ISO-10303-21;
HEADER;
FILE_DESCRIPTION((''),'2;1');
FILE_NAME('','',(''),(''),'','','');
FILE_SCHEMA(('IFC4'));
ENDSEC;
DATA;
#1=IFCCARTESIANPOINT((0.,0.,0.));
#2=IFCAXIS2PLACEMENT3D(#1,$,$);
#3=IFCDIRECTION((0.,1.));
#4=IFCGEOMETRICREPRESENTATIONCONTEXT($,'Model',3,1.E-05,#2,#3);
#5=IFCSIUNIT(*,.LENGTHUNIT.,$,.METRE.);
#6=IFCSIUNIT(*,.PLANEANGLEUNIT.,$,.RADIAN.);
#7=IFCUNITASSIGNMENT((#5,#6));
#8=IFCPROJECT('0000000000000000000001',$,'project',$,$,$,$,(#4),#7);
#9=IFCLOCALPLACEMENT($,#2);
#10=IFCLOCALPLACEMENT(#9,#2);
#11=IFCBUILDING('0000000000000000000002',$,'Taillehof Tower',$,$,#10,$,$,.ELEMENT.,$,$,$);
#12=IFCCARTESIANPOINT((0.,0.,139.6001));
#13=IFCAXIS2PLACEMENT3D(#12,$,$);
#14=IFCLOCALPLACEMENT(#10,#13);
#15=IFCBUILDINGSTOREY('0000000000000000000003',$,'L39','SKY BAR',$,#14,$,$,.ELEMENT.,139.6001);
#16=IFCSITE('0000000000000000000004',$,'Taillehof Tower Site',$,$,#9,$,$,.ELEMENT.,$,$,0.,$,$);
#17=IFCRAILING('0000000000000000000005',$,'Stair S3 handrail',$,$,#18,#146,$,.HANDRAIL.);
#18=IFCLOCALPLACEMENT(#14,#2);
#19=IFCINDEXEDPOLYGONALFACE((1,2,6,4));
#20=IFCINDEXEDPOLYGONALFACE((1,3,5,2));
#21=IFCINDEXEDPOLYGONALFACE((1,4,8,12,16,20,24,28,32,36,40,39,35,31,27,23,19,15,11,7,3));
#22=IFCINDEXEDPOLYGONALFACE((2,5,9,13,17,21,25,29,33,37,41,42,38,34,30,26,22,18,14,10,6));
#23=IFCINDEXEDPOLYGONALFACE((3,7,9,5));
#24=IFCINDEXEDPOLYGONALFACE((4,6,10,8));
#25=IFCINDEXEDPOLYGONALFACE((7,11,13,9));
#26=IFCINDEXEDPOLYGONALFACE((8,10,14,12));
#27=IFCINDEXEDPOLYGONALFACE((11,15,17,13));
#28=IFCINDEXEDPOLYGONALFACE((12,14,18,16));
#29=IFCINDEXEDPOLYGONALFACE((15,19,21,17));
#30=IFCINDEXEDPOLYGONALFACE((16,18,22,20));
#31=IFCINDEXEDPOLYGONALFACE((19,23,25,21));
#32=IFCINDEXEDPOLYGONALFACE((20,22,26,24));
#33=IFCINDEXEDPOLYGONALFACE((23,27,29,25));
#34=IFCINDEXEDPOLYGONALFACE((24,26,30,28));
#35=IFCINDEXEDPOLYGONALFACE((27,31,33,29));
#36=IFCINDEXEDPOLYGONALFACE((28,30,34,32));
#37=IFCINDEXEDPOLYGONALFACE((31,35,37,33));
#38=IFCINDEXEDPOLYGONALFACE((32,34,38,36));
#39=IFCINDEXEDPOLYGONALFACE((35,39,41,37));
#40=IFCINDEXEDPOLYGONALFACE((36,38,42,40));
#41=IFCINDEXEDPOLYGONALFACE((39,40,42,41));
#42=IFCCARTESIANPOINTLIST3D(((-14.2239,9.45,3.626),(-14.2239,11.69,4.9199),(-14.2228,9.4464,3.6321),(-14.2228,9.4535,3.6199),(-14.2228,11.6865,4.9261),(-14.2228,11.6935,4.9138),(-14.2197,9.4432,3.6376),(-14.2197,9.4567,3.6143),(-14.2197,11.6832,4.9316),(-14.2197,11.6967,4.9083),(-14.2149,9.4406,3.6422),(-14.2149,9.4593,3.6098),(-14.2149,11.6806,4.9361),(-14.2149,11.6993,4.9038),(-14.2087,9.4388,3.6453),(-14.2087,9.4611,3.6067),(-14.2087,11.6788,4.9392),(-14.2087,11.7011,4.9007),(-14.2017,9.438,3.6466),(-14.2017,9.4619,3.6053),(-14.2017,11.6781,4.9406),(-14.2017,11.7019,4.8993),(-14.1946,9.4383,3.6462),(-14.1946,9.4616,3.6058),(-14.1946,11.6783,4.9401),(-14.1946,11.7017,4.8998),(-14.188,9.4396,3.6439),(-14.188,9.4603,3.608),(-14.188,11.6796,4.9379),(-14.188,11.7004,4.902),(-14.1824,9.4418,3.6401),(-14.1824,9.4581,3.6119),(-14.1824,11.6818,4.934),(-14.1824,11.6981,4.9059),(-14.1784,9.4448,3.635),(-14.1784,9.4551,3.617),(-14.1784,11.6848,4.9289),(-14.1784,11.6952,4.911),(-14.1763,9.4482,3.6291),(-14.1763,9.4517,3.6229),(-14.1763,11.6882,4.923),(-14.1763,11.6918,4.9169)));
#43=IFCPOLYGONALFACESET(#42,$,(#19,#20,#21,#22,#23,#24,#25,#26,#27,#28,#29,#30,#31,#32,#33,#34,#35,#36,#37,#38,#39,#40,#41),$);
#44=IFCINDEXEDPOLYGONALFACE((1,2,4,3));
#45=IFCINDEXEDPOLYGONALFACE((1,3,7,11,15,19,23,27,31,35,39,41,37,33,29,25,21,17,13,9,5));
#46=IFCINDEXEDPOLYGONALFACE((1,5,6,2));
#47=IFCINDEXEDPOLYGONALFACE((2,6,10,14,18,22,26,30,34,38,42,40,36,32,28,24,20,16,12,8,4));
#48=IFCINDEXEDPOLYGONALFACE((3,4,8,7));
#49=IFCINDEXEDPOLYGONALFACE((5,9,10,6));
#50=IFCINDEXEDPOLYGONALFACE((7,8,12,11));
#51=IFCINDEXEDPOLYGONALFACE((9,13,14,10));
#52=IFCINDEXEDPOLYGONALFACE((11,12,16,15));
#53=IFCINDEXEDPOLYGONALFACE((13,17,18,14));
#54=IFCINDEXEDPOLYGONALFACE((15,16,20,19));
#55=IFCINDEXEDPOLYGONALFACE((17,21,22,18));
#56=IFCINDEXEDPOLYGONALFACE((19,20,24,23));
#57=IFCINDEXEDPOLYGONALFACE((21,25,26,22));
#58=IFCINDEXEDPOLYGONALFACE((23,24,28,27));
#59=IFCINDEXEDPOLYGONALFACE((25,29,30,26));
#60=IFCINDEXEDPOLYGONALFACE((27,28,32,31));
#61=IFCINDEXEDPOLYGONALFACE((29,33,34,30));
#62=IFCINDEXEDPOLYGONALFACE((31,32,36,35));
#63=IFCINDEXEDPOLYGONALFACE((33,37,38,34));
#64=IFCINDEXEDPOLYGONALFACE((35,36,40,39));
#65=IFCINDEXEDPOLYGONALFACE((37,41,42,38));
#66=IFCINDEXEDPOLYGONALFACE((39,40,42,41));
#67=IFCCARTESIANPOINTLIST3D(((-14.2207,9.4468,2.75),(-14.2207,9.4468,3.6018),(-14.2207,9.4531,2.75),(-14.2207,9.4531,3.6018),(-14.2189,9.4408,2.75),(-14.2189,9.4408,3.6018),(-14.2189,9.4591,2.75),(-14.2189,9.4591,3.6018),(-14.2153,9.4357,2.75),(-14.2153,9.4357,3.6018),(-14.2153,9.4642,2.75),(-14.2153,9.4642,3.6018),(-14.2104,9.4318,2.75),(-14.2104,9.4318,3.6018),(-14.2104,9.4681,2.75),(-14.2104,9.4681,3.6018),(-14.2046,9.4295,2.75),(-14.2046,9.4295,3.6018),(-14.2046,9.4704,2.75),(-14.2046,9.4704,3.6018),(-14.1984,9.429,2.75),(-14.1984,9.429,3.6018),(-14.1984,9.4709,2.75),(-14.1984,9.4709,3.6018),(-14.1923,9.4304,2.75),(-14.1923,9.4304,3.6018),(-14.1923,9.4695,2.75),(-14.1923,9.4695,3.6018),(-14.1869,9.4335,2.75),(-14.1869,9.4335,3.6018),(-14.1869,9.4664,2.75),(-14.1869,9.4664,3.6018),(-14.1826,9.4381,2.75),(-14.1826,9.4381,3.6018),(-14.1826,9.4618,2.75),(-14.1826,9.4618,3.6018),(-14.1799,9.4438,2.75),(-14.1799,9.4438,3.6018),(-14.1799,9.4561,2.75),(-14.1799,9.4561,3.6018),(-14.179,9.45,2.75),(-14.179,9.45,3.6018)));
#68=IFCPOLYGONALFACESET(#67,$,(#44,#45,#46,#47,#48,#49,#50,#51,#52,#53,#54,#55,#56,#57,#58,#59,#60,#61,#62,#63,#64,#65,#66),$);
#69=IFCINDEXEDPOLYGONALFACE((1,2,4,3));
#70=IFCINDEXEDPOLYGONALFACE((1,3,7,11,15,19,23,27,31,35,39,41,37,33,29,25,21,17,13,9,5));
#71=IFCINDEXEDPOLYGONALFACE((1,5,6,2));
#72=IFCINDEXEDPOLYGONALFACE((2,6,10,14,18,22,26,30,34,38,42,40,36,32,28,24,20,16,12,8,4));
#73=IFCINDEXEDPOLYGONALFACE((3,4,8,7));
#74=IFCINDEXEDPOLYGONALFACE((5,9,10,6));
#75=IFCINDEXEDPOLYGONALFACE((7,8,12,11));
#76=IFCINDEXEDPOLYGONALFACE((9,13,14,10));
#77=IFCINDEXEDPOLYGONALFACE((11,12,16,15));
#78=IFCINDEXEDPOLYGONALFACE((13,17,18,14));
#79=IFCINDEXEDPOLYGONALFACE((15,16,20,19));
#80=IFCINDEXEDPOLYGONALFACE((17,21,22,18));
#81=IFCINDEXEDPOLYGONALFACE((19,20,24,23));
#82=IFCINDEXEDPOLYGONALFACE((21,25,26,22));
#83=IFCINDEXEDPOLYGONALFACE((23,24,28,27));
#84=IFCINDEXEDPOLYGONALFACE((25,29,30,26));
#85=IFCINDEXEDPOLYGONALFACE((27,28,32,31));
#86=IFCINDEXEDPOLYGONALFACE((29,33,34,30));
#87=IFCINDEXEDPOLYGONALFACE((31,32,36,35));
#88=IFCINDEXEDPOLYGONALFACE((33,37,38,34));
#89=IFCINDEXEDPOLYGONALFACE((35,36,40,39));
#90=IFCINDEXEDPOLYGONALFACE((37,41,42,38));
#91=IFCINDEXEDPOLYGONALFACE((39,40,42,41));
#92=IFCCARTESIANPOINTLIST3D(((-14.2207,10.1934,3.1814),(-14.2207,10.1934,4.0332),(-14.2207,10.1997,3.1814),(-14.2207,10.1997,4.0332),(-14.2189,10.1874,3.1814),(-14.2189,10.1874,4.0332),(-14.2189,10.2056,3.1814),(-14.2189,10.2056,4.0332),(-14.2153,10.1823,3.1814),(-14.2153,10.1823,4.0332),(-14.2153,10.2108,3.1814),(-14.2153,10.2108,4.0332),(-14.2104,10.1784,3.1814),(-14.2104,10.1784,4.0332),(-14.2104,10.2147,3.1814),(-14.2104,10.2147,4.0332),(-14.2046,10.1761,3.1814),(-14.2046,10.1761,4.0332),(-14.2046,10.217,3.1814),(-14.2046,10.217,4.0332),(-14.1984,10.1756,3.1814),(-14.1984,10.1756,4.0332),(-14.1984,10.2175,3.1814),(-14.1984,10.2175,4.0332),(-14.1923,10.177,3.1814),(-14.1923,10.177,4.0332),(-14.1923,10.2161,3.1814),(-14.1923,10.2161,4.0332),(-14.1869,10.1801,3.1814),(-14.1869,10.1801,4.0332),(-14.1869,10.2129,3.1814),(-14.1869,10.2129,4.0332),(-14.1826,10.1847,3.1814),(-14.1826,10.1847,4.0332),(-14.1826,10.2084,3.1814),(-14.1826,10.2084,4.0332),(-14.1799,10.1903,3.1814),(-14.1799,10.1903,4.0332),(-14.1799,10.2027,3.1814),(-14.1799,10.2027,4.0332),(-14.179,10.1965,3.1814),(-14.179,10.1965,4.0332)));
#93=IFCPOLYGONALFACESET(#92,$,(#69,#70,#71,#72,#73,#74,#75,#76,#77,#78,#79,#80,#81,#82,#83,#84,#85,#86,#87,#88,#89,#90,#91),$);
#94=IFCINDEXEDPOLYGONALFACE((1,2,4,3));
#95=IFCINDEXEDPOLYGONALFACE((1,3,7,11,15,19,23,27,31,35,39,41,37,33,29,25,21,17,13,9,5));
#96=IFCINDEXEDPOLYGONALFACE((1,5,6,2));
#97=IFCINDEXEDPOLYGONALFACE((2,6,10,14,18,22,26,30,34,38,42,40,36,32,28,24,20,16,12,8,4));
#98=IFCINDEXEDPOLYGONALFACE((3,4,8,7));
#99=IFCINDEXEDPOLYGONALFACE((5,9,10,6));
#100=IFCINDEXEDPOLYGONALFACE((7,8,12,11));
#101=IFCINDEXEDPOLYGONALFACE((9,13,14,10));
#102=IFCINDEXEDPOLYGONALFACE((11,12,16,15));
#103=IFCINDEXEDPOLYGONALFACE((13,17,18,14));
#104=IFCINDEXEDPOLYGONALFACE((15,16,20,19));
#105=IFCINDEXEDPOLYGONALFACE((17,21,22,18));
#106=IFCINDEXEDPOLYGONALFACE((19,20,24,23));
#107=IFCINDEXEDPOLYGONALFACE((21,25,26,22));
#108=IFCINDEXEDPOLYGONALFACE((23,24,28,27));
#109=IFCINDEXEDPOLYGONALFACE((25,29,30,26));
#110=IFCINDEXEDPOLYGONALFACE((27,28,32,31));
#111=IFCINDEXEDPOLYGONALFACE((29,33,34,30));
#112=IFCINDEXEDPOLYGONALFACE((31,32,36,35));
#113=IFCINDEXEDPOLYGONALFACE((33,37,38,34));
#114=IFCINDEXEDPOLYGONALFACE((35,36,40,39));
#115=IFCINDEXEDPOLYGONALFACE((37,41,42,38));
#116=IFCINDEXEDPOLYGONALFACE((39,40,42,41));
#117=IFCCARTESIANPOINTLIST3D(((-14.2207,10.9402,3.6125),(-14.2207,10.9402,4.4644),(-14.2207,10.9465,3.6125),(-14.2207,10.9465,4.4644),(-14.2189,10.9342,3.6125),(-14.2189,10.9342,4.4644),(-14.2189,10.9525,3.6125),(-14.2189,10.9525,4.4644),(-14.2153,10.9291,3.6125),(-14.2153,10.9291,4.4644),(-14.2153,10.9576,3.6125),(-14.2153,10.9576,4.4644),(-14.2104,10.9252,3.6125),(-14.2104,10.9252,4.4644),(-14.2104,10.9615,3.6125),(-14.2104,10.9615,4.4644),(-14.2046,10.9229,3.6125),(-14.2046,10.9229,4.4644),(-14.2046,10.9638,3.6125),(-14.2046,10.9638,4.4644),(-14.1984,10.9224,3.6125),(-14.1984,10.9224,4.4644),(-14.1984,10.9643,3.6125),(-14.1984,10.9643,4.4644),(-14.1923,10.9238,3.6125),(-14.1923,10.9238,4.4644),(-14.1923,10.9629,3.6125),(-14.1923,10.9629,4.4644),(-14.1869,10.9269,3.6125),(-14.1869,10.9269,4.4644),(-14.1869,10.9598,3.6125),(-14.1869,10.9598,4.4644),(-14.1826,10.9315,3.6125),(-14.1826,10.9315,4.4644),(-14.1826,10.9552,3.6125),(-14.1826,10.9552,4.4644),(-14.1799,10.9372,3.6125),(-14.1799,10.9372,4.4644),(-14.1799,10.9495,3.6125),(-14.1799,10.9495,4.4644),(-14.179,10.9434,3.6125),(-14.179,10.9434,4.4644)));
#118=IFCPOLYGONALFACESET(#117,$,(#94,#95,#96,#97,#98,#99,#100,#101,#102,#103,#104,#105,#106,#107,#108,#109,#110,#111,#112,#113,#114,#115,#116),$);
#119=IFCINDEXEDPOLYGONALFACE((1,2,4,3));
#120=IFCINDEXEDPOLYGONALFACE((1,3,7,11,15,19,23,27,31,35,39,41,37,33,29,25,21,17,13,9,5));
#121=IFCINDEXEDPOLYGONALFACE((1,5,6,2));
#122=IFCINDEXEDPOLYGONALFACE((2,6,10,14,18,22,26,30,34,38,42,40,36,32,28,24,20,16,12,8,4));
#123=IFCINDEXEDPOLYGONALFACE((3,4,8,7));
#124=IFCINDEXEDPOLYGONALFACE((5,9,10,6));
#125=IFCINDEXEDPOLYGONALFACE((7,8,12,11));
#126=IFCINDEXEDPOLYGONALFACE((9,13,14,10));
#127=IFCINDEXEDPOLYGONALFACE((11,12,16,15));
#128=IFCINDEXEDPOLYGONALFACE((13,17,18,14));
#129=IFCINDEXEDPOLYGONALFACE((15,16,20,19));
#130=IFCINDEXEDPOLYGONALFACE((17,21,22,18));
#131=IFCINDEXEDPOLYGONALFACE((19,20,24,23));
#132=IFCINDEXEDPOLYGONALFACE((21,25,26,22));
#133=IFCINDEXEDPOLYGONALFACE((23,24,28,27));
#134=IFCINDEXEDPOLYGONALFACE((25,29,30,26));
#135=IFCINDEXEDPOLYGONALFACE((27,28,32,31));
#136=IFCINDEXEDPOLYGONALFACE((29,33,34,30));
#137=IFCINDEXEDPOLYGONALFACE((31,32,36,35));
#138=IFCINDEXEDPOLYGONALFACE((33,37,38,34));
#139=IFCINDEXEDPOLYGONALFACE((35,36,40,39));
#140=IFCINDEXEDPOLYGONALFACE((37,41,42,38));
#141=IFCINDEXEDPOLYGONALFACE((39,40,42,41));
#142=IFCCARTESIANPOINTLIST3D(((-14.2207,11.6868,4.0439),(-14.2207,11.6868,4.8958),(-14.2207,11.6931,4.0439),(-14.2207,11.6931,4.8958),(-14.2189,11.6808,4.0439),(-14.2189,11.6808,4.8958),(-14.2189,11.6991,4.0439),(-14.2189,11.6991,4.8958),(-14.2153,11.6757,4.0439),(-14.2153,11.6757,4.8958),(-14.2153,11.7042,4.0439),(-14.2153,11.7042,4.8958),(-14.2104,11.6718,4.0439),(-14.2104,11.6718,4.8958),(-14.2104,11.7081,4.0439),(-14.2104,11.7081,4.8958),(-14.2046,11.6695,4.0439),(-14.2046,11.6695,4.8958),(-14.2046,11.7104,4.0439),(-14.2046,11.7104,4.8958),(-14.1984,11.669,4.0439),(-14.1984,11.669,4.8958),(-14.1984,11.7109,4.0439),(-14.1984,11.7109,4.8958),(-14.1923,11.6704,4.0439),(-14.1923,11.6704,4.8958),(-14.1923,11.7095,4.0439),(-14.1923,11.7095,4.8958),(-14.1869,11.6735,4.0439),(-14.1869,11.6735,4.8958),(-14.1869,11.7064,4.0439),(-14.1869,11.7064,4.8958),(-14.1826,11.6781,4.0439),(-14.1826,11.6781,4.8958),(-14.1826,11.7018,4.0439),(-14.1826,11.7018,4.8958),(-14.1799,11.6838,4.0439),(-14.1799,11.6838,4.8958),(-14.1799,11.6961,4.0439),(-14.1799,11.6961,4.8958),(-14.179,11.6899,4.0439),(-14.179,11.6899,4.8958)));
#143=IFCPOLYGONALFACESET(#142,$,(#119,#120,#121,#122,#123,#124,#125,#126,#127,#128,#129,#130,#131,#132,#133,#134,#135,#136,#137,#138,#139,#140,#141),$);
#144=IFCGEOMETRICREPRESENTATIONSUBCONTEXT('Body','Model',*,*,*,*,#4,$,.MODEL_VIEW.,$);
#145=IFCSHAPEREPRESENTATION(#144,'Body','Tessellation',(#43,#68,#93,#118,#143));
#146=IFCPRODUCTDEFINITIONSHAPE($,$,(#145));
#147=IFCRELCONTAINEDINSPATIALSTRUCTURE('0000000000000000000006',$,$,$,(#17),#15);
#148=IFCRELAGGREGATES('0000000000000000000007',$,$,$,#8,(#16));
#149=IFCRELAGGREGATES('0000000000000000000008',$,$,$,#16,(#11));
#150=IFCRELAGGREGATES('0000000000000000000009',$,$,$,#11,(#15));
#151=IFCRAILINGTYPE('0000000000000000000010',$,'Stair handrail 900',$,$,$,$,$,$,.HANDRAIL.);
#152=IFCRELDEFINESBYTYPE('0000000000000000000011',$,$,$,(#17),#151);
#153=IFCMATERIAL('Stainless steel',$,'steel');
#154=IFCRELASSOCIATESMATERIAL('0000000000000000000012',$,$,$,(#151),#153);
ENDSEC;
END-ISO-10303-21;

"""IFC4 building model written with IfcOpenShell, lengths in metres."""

from ifc_helpers import new_model, si_unit, direction, frame, origin, origin_2d, place, context, subcontext, project, spatial, circle, extrude, material, type_object, element, save


model = new_model("IFC4")

# Units and contexts
model_context = context("Model", 3, precision=1e-05, world=origin(), true_north=direction((0.0, 1.0)))
body_context = subcontext(model_context, "Body", "Model", "MODEL_VIEW")
ifc_project = project(units=[si_unit("LENGTHUNIT", "METRE"), si_unit("PLANEANGLEUNIT", "RADIAN")], contexts=[model_context])

# Site, building, storey
site_placement = place(None, origin())
site = spatial("IfcSite", under=ifc_project, at=site_placement, Name="Taillehof Tower Site", CompositionType="ELEMENT", RefElevation=0.0)
building_placement = place(site_placement, origin())
building = spatial("IfcBuilding", under=site, at=building_placement, Name="Taillehof Tower", CompositionType="ELEMENT")
storey_placement = place(building_placement, frame((0.0, 0.0, 139.6001)))
storey = spatial("IfcBuildingStorey", under=building, at=storey_placement, Name="L39", Description="SKY BAR", CompositionType="ELEMENT", Elevation=139.6001)

# Railing
ifc_material_1 = material(Name="Stainless steel", Category="steel")
railing_type = type_object("IfcRailingType", Name="Stair handrail 900", PredefinedType="HANDRAIL", material=ifc_material_1)
railing_1_placement = place(storey_placement, frame((-14.2, 9.45, 2.75)))
element("IfcRailing", 1, at=railing_1_placement, inside=storey, type_object=railing_type, Name="Stair S3 handrail", PredefinedType="HANDRAIL", context=body_context, shape_type="SweptSolid", body=[
    extrude(circle(Radius=0.0239, at=origin_2d()), frame((0.0, 0.0, 0.876), z_axis=(0.0, 0.86591, 0.500199), x_axis=(-1.0, 0.0, 0.0)), (0.0, 0.0, 1.0), 2.5869),
    extrude(circle(Radius=0.021, at=origin_2d()), origin(), (0.0, 0.0, 1.0), 0.8518),
    extrude(circle(Radius=0.021, at=origin_2d()), frame((0.0, 0.7466, 0.4314)), (0.0, 0.0, 1.0), 0.8518),
    extrude(circle(Radius=0.021, at=origin_2d()), frame((0.0, 1.4934, 0.8625)), (0.0, 0.0, 1.0), 0.8518),
    extrude(circle(Radius=0.021, at=origin_2d()), frame((0.0, 2.24, 1.2939)), (0.0, 0.0, 1.0), 0.8518),
])

save(model, "model.ifc")
